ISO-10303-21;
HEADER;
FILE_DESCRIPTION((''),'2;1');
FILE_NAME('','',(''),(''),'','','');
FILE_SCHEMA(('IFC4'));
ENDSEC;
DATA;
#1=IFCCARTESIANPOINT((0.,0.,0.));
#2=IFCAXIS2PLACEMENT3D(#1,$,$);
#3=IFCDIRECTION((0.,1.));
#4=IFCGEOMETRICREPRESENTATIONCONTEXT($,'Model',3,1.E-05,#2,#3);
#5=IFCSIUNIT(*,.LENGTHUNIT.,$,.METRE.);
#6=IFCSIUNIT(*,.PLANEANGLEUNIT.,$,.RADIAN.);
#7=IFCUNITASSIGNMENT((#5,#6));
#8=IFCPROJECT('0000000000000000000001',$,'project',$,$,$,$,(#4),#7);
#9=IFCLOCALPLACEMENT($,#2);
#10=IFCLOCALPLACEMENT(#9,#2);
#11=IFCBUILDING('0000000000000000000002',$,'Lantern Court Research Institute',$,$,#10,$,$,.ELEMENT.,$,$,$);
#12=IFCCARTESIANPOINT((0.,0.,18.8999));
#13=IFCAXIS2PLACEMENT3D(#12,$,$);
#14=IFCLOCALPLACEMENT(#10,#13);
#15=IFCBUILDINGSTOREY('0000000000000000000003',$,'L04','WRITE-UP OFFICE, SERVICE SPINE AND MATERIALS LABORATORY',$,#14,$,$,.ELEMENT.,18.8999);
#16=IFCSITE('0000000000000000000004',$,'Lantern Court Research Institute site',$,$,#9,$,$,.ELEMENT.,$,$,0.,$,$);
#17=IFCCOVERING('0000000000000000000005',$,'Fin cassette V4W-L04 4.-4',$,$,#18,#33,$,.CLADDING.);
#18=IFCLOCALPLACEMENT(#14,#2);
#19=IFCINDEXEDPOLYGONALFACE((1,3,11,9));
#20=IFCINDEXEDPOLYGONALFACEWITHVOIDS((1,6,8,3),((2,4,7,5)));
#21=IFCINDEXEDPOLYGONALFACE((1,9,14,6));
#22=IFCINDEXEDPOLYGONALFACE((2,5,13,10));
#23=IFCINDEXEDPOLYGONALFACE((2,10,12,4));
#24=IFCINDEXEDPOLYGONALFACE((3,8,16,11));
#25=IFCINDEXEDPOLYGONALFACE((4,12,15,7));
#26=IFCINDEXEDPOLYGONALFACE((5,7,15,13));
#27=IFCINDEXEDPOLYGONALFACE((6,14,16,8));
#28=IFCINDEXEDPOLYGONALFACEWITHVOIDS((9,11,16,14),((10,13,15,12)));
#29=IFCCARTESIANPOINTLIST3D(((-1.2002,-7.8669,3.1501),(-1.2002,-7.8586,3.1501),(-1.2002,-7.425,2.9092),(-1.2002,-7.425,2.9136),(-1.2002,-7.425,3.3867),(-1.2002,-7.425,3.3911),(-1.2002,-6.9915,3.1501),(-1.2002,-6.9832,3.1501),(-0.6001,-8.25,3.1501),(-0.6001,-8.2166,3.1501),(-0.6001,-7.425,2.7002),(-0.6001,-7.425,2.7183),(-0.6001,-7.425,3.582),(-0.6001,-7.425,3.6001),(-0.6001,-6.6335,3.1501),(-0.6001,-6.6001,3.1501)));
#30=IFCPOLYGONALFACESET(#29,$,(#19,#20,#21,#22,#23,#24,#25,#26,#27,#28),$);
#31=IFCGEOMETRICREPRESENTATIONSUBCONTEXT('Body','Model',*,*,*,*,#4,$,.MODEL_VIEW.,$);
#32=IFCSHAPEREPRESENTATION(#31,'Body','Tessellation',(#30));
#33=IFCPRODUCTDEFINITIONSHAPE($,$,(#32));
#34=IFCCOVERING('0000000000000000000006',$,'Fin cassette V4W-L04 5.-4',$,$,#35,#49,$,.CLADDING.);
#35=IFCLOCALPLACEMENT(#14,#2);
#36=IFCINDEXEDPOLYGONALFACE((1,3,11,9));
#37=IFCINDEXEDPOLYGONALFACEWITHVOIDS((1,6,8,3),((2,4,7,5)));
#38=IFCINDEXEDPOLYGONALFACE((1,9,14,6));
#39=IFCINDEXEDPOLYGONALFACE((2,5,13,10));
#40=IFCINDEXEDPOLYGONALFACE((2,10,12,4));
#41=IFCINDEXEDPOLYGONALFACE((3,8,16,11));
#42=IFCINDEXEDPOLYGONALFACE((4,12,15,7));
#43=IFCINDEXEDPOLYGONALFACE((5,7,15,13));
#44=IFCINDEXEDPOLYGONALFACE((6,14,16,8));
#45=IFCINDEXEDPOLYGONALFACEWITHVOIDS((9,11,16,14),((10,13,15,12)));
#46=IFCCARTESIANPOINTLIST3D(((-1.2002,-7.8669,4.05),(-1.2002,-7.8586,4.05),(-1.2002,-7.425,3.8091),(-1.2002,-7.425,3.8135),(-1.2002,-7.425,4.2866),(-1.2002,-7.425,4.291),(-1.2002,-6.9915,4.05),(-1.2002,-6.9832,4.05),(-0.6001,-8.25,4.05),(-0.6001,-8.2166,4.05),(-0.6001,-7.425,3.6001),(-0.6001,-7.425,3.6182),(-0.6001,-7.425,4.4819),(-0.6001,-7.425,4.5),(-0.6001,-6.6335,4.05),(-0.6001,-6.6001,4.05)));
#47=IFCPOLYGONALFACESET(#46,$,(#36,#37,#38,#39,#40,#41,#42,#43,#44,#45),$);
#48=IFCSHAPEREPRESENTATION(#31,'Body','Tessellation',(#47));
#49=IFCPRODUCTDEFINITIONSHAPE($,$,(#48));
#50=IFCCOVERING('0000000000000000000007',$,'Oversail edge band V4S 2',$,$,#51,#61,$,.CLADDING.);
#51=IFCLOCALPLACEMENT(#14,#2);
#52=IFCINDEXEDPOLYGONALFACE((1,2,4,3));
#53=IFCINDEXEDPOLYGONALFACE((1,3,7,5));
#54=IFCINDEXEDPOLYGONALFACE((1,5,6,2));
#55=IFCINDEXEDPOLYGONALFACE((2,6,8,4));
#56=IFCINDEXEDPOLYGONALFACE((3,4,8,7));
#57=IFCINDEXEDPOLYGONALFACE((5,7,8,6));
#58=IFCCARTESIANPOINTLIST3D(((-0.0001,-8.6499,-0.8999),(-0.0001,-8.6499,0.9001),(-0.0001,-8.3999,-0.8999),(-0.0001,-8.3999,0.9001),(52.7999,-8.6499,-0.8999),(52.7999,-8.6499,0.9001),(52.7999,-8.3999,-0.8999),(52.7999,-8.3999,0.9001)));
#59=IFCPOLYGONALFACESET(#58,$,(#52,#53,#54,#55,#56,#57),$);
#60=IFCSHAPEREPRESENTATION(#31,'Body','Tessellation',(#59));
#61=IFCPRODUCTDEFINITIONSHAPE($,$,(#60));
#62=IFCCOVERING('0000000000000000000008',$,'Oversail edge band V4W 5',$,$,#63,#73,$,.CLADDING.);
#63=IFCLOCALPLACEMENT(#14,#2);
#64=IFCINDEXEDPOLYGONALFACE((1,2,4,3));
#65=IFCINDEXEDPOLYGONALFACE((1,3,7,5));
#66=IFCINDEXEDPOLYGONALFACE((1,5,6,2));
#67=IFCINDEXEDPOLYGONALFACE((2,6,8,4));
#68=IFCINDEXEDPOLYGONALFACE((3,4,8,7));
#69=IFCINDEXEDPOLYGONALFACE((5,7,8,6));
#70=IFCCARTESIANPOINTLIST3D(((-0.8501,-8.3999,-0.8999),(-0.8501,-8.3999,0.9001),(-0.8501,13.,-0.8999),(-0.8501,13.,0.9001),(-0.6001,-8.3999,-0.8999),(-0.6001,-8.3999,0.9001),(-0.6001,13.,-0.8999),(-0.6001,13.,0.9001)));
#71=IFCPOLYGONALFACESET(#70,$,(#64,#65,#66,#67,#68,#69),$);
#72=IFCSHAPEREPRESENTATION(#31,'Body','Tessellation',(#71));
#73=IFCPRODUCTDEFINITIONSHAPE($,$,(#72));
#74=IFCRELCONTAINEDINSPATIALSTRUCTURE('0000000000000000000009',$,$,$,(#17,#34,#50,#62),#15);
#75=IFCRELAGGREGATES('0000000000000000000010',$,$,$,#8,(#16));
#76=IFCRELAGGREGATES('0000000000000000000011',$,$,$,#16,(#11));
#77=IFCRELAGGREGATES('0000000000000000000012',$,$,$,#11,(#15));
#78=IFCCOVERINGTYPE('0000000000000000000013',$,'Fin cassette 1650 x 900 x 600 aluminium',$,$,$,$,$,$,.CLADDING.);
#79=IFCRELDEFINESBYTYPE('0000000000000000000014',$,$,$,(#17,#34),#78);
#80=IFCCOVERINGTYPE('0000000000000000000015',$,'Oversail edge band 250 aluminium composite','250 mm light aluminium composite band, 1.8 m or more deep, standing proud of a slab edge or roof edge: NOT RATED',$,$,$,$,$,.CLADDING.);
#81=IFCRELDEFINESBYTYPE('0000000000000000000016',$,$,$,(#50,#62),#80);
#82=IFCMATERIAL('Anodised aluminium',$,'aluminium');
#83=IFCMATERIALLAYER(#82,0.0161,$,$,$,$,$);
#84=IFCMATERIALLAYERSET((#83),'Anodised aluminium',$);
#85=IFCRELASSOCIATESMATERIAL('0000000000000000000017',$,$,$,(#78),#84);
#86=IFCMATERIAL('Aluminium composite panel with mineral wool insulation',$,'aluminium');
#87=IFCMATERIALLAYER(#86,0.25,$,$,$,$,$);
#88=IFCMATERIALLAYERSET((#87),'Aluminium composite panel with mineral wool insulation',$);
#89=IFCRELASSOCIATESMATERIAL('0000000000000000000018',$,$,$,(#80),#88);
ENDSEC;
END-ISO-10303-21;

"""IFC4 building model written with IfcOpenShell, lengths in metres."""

from ifc_helpers import new_model, entity, si_unit, direction, frame, frame_2d, origin, place, context, subcontext, project, spatial, rectangle, extrude, material, layer, layer_set, type_object, element, save


model = new_model("IFC4")

# Units and contexts
model_context = context("Model", 3, precision=1e-05, world=origin(), true_north=direction((0.0, 1.0)))
body_context = subcontext(model_context, "Body", "Model", "MODEL_VIEW")
ifc_project = project(units=[si_unit("LENGTHUNIT", "METRE"), si_unit("PLANEANGLEUNIT", "RADIAN")], contexts=[model_context])

# Site, building, storey
site_placement = place(None, origin())
site = spatial("IfcSite", under=ifc_project, at=site_placement, Name="Lantern Court Research Institute site", CompositionType="ELEMENT", RefElevation=0.0)
building_placement = place(site_placement, origin())
building = spatial("IfcBuilding", under=site, at=building_placement, Name="Lantern Court Research Institute", CompositionType="ELEMENT")
storey_placement = place(building_placement, frame((0.0, 0.0, 18.8999)))
storey = spatial("IfcBuildingStorey", under=building, at=storey_placement, Name="L04", Description="WRITE-UP OFFICE, SERVICE SPINE AND MATERIALS LABORATORY", CompositionType="ELEMENT", Elevation=18.8999)

# Coverings
ifc_material_1 = material(Name="Anodised aluminium", Category="aluminium")
ifc_layer_1 = layer(ifc_material_1, 0.0161)
ifc_layer_set_1 = layer_set([ifc_layer_1], Name="Anodised aluminium")
covering_type_1 = type_object("IfcCoveringType", Name="Fin cassette 1650 x 900 x 600 aluminium", PredefinedType="CLADDING", material=ifc_layer_set_1)
covering_1_placement = place(storey_placement, frame((-0.6001, -7.425, 3.1501), z_axis=(-1.0, 0.0, 0.0), x_axis=(0.0, -1.0, 0.0)))
cartesian_point_1 = entity("IfcCartesianPoint", [0.825, 0.0])
cartesian_point_2 = entity("IfcCartesianPoint", [0.7915, 0.0])
cartesian_point_3 = entity("IfcCartesianPoint", [0.4419, 0.0])
cartesian_point_4 = entity("IfcCartesianPoint", [0.4336, 0.0])
element("IfcCovering", 1, at=covering_1_placement, inside=storey, type_object=covering_type_1, Name="Fin cassette V4W-L04 4.-4", PredefinedType="CLADDING", context=body_context, shape_type="SweptSolid", body=[
    entity("IfcExtrudedAreaSolidTapered", entity("IfcArbitraryProfileDefWithVoids", "AREA", None, entity("IfcPolyline", [cartesian_point_1, entity("IfcCartesianPoint", [0.0, 0.45]), entity("IfcCartesianPoint", [-0.825, 0.0]), entity("IfcCartesianPoint", [0.0, -0.45]), cartesian_point_1]), [entity("IfcPolyline", [cartesian_point_2, entity("IfcCartesianPoint", [0.0, 0.4319]), entity("IfcCartesianPoint", [-0.7915, 0.0]), entity("IfcCartesianPoint", [0.0, -0.4319]), cartesian_point_2])]), entity("IfcAxis2Placement3D", entity("IfcCartesianPoint", [0.0, 0.0, 0.0])), entity("IfcDirection", [0.0, 0.0, 1.0]), 0.6001, entity("IfcArbitraryProfileDefWithVoids", "AREA", None, entity("IfcPolyline", [cartesian_point_3, entity("IfcCartesianPoint", [0.0, 0.241]), entity("IfcCartesianPoint", [-0.4419, 0.0]), entity("IfcCartesianPoint", [0.0, -0.241]), cartesian_point_3]), [entity("IfcPolyline", [cartesian_point_4, entity("IfcCartesianPoint", [0.0, 0.2366]), entity("IfcCartesianPoint", [-0.4336, 0.0]), entity("IfcCartesianPoint", [0.0, -0.2366]), cartesian_point_4])])),
])
covering_2_placement = place(storey_placement, frame((-0.6001, -7.425, 4.05), z_axis=(-1.0, 0.0, 0.0), x_axis=(0.0, -1.0, 0.0)))
cartesian_point_5 = entity("IfcCartesianPoint", [0.825, 0.0])
cartesian_point_6 = entity("IfcCartesianPoint", [0.7915, 0.0])
cartesian_point_7 = entity("IfcCartesianPoint", [0.4419, 0.0])
cartesian_point_8 = entity("IfcCartesianPoint", [0.4336, 0.0])
element("IfcCovering", 2, at=covering_2_placement, inside=storey, type_object=covering_type_1, Name="Fin cassette V4W-L04 5.-4", PredefinedType="CLADDING", context=body_context, shape_type="SweptSolid", body=[
    entity("IfcExtrudedAreaSolidTapered", entity("IfcArbitraryProfileDefWithVoids", "AREA", None, entity("IfcPolyline", [cartesian_point_5, entity("IfcCartesianPoint", [0.0, 0.45]), entity("IfcCartesianPoint", [-0.825, 0.0]), entity("IfcCartesianPoint", [0.0, -0.45]), cartesian_point_5]), [entity("IfcPolyline", [cartesian_point_6, entity("IfcCartesianPoint", [0.0, 0.4319]), entity("IfcCartesianPoint", [-0.7915, 0.0]), entity("IfcCartesianPoint", [0.0, -0.4319]), cartesian_point_6])]), entity("IfcAxis2Placement3D", entity("IfcCartesianPoint", [0.0, 0.0, 0.0])), entity("IfcDirection", [0.0, 0.0, 1.0]), 0.6001, entity("IfcArbitraryProfileDefWithVoids", "AREA", None, entity("IfcPolyline", [cartesian_point_7, entity("IfcCartesianPoint", [0.0, 0.241]), entity("IfcCartesianPoint", [-0.4419, 0.0]), entity("IfcCartesianPoint", [0.0, -0.241]), cartesian_point_7]), [entity("IfcPolyline", [cartesian_point_8, entity("IfcCartesianPoint", [0.0, 0.2366]), entity("IfcCartesianPoint", [-0.4336, 0.0]), entity("IfcCartesianPoint", [0.0, -0.2366]), cartesian_point_8])])),
])
ifc_material_2 = material(Name="Aluminium composite panel with mineral wool insulation", Category="aluminium")
ifc_layer_2 = layer(ifc_material_2, 0.25)
ifc_layer_set_2 = layer_set([ifc_layer_2], Name="Aluminium composite panel with mineral wool insulation")
covering_type_2 = type_object("IfcCoveringType", Name="Oversail edge band 250 aluminium composite", Description="250 mm light aluminium composite band, 1.8 m or more deep, standing proud of a slab edge or roof edge: NOT RATED", PredefinedType="CLADDING", material=ifc_layer_set_2)
covering_3_placement = place(storey_placement, frame((0.0, -8.5249, -0.8999), z_axis=(0.0, 0.0, 1.0), x_axis=(1.0, 0.0, 0.0)))
element("IfcCovering", 3, at=covering_3_placement, inside=storey, type_object=covering_type_2, Name="Oversail edge band V4S 2", PredefinedType="CLADDING", context=body_context, shape_type="SweptSolid", body=[
    extrude(rectangle(XDim=52.8, YDim=0.25, at=frame_2d((26.3999, 0.0))), origin(), (0.0, 0.0, 1.0), 1.8),
])
covering_4_placement = place(storey_placement, frame((-0.7251, -8.3999, -0.8999), z_axis=(0.0, 0.0, 1.0), x_axis=(0.0, 1.0, 0.0)))
element("IfcCovering", 4, at=covering_4_placement, inside=storey, type_object=covering_type_2, Name="Oversail edge band V4W 5", PredefinedType="CLADDING", context=body_context, shape_type="SweptSolid", body=[
    extrude(rectangle(XDim=21.3999, YDim=0.25, at=frame_2d((10.7, 0.0))), origin(), (0.0, 0.0, 1.0), 1.8),
])

save(model, "model.ifc")
